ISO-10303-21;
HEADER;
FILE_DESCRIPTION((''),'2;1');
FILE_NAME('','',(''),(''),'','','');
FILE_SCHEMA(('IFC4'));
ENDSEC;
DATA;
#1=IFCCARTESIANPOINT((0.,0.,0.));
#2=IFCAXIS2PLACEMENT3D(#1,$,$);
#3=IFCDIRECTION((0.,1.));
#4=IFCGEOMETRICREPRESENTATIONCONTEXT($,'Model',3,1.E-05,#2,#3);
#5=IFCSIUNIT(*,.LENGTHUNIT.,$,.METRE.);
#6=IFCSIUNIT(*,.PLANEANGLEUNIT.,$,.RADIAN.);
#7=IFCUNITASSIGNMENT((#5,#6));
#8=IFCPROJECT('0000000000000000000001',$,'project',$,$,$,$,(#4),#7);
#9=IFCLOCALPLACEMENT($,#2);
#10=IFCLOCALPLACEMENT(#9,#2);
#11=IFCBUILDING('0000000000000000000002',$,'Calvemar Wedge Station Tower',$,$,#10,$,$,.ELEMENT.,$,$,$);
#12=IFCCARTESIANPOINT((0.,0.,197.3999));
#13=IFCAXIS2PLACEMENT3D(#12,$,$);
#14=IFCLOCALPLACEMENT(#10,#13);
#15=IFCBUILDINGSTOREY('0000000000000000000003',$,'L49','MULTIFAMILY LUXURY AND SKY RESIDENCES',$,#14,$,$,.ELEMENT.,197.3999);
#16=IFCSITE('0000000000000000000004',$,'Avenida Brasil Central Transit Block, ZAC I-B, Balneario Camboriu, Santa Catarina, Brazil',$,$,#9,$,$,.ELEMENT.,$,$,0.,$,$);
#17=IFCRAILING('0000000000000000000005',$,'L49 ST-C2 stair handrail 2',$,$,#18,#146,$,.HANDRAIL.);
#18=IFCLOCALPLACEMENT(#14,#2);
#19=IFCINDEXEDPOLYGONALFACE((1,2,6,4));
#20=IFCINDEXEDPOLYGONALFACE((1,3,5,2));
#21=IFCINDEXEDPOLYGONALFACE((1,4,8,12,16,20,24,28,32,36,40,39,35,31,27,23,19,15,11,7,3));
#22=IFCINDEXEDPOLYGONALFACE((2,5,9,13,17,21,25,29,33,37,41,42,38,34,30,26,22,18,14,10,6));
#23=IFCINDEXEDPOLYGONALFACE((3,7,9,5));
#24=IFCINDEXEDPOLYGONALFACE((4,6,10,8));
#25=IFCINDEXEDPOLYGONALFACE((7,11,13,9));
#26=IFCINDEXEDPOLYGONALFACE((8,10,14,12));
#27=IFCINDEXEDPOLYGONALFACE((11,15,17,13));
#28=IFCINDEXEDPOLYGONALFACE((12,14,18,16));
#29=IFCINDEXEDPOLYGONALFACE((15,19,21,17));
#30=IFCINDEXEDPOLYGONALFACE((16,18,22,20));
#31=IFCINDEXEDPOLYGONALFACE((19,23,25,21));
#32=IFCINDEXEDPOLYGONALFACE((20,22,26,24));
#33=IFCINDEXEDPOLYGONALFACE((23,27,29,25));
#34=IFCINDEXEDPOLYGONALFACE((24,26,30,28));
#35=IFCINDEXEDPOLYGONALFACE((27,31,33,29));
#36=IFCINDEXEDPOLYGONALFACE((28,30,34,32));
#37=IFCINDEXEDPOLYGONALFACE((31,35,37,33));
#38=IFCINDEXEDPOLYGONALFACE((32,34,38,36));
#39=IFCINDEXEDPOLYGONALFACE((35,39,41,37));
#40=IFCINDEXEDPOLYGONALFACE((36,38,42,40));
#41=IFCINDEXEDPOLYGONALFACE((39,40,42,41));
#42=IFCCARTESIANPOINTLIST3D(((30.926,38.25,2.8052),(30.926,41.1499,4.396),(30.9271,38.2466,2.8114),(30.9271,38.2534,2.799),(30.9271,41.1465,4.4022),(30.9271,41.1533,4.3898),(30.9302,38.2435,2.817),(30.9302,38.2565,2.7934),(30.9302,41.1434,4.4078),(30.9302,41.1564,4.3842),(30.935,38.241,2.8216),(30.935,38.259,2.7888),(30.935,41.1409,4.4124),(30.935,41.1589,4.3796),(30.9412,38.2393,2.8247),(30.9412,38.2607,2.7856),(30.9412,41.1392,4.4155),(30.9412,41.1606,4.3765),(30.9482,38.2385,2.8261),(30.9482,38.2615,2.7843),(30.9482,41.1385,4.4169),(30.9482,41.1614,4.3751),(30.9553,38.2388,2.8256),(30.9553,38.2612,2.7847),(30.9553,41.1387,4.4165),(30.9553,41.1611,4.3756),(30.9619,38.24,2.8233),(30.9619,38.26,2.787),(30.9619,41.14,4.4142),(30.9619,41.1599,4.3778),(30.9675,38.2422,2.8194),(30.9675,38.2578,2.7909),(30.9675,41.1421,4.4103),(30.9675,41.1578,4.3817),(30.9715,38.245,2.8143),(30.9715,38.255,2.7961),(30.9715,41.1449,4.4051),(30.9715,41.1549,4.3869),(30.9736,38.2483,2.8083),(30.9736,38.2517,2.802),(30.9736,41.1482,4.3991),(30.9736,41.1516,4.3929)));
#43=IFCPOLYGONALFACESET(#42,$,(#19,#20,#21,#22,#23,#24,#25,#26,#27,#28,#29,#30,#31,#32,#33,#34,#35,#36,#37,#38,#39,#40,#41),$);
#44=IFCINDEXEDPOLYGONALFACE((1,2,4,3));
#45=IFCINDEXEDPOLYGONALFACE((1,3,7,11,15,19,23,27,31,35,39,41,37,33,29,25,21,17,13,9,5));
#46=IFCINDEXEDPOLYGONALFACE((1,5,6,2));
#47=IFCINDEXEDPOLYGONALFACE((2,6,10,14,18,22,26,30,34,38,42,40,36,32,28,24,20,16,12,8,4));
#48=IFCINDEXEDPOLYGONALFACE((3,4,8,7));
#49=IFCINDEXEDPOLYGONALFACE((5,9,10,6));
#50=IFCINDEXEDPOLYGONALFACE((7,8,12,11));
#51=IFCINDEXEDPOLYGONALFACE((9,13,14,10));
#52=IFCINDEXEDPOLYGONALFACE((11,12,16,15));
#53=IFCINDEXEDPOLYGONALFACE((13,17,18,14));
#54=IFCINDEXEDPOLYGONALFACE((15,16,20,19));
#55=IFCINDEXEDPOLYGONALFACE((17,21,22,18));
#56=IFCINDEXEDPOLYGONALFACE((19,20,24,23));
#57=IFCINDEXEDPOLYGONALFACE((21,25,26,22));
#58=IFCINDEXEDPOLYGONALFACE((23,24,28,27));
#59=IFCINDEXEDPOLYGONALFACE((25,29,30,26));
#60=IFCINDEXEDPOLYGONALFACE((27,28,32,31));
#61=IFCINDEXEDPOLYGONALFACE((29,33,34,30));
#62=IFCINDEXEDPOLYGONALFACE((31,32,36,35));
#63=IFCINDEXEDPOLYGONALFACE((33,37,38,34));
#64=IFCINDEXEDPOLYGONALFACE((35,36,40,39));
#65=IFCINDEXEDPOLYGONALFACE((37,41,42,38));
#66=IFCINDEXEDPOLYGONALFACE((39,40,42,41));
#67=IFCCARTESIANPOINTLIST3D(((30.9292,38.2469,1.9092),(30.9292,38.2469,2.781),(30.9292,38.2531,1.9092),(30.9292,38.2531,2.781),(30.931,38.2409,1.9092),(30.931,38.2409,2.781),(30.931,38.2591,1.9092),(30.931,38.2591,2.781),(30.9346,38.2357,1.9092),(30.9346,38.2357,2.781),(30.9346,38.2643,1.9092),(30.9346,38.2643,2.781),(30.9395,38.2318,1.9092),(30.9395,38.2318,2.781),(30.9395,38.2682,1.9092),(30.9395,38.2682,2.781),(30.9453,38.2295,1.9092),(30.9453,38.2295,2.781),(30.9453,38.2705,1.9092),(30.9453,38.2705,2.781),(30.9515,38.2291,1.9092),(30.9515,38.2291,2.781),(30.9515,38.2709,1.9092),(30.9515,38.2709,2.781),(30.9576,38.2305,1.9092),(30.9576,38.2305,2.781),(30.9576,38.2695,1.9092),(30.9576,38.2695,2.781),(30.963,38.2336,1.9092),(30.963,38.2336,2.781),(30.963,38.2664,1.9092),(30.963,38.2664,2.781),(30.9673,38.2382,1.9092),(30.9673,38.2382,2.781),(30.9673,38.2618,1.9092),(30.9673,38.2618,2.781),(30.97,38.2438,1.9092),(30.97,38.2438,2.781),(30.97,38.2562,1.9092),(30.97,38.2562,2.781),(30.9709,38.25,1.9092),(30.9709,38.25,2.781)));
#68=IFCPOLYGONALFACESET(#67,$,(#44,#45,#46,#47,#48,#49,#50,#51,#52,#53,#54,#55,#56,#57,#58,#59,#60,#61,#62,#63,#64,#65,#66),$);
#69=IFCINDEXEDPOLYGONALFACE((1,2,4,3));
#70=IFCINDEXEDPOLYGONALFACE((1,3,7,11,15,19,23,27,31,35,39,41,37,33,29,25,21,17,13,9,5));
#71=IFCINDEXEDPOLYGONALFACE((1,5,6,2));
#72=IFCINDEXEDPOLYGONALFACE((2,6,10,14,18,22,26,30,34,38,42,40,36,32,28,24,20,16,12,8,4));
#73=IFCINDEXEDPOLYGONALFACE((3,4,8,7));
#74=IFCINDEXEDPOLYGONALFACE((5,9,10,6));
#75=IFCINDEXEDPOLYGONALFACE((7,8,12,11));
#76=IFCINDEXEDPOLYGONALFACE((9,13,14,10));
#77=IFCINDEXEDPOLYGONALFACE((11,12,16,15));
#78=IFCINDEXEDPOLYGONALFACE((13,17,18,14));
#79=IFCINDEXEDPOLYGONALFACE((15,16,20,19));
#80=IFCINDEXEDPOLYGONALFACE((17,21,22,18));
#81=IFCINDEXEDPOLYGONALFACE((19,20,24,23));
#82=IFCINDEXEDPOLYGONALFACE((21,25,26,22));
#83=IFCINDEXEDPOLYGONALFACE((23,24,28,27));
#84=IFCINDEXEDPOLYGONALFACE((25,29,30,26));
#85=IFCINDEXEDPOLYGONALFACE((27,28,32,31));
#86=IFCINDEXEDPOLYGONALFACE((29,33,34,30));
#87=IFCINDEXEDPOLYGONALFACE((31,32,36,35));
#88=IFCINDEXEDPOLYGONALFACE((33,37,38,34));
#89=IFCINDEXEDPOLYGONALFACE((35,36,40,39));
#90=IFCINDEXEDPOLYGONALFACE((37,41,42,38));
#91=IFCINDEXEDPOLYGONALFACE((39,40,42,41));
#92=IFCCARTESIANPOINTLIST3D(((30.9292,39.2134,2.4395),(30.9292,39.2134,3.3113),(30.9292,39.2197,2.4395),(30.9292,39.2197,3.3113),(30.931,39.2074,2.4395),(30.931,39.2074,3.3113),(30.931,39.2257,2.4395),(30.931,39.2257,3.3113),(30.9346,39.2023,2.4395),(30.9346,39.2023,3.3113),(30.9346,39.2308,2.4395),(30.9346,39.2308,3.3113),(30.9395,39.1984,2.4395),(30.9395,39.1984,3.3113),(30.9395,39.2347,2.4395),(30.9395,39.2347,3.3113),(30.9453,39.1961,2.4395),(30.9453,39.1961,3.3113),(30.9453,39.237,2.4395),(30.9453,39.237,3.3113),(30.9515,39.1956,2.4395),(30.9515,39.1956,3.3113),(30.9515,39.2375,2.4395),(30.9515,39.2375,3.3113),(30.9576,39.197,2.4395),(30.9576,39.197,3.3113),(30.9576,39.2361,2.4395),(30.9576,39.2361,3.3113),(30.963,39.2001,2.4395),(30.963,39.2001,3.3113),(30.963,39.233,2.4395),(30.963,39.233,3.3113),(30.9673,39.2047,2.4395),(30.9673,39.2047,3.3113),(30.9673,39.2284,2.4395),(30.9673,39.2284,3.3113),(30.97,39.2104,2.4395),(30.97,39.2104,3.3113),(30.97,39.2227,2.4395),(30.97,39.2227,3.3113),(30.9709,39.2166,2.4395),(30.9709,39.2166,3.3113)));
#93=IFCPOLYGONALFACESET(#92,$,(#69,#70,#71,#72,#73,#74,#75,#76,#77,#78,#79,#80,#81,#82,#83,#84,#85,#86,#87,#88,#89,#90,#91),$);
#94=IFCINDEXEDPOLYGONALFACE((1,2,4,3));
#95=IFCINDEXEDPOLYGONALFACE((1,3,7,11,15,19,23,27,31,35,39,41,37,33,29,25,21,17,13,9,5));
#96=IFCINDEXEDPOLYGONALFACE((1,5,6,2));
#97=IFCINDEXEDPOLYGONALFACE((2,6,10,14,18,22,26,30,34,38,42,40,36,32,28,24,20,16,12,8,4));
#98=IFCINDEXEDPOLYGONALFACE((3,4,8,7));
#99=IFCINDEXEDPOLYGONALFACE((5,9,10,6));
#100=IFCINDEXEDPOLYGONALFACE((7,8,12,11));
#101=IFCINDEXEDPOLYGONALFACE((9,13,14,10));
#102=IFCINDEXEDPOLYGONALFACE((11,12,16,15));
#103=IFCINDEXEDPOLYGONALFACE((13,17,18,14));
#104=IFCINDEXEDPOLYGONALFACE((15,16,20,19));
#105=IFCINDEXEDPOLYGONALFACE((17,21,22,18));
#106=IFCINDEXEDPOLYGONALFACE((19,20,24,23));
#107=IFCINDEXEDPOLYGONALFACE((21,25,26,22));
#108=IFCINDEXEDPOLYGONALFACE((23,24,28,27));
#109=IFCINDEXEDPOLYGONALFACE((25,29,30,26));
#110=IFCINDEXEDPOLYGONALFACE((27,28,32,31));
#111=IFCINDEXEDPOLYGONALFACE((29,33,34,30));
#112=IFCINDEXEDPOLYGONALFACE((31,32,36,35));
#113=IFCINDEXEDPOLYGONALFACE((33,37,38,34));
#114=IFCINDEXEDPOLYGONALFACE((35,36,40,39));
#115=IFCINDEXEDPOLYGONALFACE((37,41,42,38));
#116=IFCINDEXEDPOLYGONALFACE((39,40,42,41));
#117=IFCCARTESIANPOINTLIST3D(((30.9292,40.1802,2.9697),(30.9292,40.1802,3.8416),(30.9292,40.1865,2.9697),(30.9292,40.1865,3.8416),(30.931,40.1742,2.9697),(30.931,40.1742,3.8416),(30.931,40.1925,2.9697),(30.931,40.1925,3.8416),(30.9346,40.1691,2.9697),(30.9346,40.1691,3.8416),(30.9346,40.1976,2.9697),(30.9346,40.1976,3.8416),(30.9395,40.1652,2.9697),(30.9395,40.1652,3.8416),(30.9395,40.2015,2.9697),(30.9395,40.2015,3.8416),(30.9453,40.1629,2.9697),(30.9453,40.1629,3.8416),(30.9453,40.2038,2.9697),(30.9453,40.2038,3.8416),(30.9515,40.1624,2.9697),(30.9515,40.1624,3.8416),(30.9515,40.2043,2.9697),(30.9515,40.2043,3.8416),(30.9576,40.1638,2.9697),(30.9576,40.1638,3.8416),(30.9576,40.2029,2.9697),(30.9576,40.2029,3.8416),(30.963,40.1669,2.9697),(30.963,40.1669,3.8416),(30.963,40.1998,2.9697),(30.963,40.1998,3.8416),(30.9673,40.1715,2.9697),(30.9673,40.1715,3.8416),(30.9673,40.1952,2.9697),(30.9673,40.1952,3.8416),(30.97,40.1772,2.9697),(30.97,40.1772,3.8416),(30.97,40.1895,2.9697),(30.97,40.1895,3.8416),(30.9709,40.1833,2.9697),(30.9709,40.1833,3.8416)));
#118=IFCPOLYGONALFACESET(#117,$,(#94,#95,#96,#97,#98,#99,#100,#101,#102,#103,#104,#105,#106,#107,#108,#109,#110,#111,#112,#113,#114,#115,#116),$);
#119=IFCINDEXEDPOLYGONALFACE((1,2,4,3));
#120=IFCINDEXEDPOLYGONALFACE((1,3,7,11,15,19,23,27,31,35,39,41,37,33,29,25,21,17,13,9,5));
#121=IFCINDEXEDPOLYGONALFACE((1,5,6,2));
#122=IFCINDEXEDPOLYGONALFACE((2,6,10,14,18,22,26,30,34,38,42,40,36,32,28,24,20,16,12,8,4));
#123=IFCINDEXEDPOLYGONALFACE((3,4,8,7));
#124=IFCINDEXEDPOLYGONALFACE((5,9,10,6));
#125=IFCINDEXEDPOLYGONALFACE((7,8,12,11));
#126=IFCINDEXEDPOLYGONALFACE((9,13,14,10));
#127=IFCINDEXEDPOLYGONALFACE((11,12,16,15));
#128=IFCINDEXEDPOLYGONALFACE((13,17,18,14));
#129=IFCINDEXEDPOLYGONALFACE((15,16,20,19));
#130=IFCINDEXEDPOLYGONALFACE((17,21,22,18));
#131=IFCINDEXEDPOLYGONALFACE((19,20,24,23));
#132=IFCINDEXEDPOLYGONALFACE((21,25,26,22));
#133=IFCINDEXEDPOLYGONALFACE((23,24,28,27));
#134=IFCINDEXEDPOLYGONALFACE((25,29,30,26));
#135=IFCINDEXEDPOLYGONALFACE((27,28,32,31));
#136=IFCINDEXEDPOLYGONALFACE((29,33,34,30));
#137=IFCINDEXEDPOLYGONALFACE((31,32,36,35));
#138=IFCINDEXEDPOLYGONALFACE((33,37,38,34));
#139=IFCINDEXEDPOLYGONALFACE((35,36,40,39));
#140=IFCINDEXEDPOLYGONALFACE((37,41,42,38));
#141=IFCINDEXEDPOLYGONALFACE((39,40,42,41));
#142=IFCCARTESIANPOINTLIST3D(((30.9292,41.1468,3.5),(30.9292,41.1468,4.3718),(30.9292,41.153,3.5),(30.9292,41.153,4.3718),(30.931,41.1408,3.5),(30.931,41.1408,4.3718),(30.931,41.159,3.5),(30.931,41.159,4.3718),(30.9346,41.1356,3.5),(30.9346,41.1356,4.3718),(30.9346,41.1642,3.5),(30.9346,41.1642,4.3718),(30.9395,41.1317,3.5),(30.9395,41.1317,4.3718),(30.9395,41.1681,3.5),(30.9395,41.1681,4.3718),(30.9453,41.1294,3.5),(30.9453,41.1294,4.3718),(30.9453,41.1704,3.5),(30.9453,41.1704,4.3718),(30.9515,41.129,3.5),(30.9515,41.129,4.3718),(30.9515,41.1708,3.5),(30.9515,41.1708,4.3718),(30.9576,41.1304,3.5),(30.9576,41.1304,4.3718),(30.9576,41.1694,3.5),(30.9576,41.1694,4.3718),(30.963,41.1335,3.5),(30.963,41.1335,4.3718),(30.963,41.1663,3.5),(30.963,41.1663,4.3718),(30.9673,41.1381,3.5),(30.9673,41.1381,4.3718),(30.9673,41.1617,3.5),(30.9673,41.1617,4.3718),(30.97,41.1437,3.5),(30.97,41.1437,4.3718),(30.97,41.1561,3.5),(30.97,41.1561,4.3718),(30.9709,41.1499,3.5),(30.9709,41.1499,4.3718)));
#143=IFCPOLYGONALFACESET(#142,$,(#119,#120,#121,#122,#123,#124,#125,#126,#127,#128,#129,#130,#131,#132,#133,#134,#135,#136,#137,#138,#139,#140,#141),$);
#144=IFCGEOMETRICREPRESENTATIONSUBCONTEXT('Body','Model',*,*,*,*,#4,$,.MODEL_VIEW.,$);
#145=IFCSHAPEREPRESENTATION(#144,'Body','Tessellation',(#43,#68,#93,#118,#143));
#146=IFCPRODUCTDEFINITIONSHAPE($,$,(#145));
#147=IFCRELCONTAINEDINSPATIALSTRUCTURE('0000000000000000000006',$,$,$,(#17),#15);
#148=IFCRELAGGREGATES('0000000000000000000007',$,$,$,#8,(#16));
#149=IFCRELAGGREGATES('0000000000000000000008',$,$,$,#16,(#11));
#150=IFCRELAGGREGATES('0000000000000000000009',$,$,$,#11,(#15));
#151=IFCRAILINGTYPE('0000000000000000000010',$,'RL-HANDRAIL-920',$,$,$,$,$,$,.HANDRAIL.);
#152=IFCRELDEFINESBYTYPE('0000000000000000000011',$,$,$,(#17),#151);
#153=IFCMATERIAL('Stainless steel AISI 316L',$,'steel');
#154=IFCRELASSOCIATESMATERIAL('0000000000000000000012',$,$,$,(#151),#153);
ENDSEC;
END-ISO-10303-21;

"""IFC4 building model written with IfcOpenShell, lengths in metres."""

from ifc_helpers import new_model, si_unit, direction, frame, origin, origin_2d, place, context, subcontext, project, spatial, circle, extrude, material, type_object, element, save


model = new_model("IFC4")

# Units and contexts
model_context = context("Model", 3, precision=1e-05, world=origin(), true_north=direction((0.0, 1.0)))
body_context = subcontext(model_context, "Body", "Model", "MODEL_VIEW")
ifc_project = project(units=[si_unit("LENGTHUNIT", "METRE"), si_unit("PLANEANGLEUNIT", "RADIAN")], contexts=[model_context])

# Site, building, storey
site_placement = place(None, origin())
site = spatial("IfcSite", under=ifc_project, at=site_placement, Name="Avenida Brasil Central Transit Block, ZAC I-B, Balneario Camboriu, Santa Catarina, Brazil", CompositionType="ELEMENT", RefElevation=0.0)
building_placement = place(site_placement, origin())
building = spatial("IfcBuilding", under=site, at=building_placement, Name="Calvemar Wedge Station Tower", CompositionType="ELEMENT")
storey_placement = place(building_placement, frame((0.0, 0.0, 197.3999)))
storey = spatial("IfcBuildingStorey", under=building, at=storey_placement, Name="L49", Description="MULTIFAMILY LUXURY AND SKY RESIDENCES", CompositionType="ELEMENT", Elevation=197.3999)

# Railing
ifc_material_1 = material(Name="Stainless steel AISI 316L", Category="steel")
railing_type_1 = type_object("IfcRailingType", Name="RL-HANDRAIL-920", PredefinedType="HANDRAIL", material=ifc_material_1)
railing_1_placement = place(storey_placement, frame((30.95, 38.25, 1.9092)))
element("IfcRailing", 1, at=railing_1_placement, inside=storey, type_object=railing_type_1, Name="L49 ST-C2 stair handrail 2", PredefinedType="HANDRAIL", context=body_context, shape_type="SweptSolid", body=[
    extrude(circle(Radius=0.0239, at=origin_2d()), frame((0.0, 0.0, 0.896), z_axis=(0.0, 0.876742, 0.480961), x_axis=(-1.0, 0.0, 0.0)), (0.0, 0.0, 1.0), 3.3076),
    extrude(circle(Radius=0.021, at=origin_2d()), origin(), (0.0, 0.0, 1.0), 0.8718),
    extrude(circle(Radius=0.021, at=origin_2d()), frame((0.0, 0.9666, 0.5303)), (0.0, 0.0, 1.0), 0.8718),
    extrude(circle(Radius=0.021, at=origin_2d()), frame((0.0, 1.9333, 1.0605)), (0.0, 0.0, 1.0), 0.8718),
    extrude(circle(Radius=0.021, at=origin_2d()), frame((0.0, 2.8999, 1.5908)), (0.0, 0.0, 1.0), 0.8718),
])

save(model, "model.ifc")
